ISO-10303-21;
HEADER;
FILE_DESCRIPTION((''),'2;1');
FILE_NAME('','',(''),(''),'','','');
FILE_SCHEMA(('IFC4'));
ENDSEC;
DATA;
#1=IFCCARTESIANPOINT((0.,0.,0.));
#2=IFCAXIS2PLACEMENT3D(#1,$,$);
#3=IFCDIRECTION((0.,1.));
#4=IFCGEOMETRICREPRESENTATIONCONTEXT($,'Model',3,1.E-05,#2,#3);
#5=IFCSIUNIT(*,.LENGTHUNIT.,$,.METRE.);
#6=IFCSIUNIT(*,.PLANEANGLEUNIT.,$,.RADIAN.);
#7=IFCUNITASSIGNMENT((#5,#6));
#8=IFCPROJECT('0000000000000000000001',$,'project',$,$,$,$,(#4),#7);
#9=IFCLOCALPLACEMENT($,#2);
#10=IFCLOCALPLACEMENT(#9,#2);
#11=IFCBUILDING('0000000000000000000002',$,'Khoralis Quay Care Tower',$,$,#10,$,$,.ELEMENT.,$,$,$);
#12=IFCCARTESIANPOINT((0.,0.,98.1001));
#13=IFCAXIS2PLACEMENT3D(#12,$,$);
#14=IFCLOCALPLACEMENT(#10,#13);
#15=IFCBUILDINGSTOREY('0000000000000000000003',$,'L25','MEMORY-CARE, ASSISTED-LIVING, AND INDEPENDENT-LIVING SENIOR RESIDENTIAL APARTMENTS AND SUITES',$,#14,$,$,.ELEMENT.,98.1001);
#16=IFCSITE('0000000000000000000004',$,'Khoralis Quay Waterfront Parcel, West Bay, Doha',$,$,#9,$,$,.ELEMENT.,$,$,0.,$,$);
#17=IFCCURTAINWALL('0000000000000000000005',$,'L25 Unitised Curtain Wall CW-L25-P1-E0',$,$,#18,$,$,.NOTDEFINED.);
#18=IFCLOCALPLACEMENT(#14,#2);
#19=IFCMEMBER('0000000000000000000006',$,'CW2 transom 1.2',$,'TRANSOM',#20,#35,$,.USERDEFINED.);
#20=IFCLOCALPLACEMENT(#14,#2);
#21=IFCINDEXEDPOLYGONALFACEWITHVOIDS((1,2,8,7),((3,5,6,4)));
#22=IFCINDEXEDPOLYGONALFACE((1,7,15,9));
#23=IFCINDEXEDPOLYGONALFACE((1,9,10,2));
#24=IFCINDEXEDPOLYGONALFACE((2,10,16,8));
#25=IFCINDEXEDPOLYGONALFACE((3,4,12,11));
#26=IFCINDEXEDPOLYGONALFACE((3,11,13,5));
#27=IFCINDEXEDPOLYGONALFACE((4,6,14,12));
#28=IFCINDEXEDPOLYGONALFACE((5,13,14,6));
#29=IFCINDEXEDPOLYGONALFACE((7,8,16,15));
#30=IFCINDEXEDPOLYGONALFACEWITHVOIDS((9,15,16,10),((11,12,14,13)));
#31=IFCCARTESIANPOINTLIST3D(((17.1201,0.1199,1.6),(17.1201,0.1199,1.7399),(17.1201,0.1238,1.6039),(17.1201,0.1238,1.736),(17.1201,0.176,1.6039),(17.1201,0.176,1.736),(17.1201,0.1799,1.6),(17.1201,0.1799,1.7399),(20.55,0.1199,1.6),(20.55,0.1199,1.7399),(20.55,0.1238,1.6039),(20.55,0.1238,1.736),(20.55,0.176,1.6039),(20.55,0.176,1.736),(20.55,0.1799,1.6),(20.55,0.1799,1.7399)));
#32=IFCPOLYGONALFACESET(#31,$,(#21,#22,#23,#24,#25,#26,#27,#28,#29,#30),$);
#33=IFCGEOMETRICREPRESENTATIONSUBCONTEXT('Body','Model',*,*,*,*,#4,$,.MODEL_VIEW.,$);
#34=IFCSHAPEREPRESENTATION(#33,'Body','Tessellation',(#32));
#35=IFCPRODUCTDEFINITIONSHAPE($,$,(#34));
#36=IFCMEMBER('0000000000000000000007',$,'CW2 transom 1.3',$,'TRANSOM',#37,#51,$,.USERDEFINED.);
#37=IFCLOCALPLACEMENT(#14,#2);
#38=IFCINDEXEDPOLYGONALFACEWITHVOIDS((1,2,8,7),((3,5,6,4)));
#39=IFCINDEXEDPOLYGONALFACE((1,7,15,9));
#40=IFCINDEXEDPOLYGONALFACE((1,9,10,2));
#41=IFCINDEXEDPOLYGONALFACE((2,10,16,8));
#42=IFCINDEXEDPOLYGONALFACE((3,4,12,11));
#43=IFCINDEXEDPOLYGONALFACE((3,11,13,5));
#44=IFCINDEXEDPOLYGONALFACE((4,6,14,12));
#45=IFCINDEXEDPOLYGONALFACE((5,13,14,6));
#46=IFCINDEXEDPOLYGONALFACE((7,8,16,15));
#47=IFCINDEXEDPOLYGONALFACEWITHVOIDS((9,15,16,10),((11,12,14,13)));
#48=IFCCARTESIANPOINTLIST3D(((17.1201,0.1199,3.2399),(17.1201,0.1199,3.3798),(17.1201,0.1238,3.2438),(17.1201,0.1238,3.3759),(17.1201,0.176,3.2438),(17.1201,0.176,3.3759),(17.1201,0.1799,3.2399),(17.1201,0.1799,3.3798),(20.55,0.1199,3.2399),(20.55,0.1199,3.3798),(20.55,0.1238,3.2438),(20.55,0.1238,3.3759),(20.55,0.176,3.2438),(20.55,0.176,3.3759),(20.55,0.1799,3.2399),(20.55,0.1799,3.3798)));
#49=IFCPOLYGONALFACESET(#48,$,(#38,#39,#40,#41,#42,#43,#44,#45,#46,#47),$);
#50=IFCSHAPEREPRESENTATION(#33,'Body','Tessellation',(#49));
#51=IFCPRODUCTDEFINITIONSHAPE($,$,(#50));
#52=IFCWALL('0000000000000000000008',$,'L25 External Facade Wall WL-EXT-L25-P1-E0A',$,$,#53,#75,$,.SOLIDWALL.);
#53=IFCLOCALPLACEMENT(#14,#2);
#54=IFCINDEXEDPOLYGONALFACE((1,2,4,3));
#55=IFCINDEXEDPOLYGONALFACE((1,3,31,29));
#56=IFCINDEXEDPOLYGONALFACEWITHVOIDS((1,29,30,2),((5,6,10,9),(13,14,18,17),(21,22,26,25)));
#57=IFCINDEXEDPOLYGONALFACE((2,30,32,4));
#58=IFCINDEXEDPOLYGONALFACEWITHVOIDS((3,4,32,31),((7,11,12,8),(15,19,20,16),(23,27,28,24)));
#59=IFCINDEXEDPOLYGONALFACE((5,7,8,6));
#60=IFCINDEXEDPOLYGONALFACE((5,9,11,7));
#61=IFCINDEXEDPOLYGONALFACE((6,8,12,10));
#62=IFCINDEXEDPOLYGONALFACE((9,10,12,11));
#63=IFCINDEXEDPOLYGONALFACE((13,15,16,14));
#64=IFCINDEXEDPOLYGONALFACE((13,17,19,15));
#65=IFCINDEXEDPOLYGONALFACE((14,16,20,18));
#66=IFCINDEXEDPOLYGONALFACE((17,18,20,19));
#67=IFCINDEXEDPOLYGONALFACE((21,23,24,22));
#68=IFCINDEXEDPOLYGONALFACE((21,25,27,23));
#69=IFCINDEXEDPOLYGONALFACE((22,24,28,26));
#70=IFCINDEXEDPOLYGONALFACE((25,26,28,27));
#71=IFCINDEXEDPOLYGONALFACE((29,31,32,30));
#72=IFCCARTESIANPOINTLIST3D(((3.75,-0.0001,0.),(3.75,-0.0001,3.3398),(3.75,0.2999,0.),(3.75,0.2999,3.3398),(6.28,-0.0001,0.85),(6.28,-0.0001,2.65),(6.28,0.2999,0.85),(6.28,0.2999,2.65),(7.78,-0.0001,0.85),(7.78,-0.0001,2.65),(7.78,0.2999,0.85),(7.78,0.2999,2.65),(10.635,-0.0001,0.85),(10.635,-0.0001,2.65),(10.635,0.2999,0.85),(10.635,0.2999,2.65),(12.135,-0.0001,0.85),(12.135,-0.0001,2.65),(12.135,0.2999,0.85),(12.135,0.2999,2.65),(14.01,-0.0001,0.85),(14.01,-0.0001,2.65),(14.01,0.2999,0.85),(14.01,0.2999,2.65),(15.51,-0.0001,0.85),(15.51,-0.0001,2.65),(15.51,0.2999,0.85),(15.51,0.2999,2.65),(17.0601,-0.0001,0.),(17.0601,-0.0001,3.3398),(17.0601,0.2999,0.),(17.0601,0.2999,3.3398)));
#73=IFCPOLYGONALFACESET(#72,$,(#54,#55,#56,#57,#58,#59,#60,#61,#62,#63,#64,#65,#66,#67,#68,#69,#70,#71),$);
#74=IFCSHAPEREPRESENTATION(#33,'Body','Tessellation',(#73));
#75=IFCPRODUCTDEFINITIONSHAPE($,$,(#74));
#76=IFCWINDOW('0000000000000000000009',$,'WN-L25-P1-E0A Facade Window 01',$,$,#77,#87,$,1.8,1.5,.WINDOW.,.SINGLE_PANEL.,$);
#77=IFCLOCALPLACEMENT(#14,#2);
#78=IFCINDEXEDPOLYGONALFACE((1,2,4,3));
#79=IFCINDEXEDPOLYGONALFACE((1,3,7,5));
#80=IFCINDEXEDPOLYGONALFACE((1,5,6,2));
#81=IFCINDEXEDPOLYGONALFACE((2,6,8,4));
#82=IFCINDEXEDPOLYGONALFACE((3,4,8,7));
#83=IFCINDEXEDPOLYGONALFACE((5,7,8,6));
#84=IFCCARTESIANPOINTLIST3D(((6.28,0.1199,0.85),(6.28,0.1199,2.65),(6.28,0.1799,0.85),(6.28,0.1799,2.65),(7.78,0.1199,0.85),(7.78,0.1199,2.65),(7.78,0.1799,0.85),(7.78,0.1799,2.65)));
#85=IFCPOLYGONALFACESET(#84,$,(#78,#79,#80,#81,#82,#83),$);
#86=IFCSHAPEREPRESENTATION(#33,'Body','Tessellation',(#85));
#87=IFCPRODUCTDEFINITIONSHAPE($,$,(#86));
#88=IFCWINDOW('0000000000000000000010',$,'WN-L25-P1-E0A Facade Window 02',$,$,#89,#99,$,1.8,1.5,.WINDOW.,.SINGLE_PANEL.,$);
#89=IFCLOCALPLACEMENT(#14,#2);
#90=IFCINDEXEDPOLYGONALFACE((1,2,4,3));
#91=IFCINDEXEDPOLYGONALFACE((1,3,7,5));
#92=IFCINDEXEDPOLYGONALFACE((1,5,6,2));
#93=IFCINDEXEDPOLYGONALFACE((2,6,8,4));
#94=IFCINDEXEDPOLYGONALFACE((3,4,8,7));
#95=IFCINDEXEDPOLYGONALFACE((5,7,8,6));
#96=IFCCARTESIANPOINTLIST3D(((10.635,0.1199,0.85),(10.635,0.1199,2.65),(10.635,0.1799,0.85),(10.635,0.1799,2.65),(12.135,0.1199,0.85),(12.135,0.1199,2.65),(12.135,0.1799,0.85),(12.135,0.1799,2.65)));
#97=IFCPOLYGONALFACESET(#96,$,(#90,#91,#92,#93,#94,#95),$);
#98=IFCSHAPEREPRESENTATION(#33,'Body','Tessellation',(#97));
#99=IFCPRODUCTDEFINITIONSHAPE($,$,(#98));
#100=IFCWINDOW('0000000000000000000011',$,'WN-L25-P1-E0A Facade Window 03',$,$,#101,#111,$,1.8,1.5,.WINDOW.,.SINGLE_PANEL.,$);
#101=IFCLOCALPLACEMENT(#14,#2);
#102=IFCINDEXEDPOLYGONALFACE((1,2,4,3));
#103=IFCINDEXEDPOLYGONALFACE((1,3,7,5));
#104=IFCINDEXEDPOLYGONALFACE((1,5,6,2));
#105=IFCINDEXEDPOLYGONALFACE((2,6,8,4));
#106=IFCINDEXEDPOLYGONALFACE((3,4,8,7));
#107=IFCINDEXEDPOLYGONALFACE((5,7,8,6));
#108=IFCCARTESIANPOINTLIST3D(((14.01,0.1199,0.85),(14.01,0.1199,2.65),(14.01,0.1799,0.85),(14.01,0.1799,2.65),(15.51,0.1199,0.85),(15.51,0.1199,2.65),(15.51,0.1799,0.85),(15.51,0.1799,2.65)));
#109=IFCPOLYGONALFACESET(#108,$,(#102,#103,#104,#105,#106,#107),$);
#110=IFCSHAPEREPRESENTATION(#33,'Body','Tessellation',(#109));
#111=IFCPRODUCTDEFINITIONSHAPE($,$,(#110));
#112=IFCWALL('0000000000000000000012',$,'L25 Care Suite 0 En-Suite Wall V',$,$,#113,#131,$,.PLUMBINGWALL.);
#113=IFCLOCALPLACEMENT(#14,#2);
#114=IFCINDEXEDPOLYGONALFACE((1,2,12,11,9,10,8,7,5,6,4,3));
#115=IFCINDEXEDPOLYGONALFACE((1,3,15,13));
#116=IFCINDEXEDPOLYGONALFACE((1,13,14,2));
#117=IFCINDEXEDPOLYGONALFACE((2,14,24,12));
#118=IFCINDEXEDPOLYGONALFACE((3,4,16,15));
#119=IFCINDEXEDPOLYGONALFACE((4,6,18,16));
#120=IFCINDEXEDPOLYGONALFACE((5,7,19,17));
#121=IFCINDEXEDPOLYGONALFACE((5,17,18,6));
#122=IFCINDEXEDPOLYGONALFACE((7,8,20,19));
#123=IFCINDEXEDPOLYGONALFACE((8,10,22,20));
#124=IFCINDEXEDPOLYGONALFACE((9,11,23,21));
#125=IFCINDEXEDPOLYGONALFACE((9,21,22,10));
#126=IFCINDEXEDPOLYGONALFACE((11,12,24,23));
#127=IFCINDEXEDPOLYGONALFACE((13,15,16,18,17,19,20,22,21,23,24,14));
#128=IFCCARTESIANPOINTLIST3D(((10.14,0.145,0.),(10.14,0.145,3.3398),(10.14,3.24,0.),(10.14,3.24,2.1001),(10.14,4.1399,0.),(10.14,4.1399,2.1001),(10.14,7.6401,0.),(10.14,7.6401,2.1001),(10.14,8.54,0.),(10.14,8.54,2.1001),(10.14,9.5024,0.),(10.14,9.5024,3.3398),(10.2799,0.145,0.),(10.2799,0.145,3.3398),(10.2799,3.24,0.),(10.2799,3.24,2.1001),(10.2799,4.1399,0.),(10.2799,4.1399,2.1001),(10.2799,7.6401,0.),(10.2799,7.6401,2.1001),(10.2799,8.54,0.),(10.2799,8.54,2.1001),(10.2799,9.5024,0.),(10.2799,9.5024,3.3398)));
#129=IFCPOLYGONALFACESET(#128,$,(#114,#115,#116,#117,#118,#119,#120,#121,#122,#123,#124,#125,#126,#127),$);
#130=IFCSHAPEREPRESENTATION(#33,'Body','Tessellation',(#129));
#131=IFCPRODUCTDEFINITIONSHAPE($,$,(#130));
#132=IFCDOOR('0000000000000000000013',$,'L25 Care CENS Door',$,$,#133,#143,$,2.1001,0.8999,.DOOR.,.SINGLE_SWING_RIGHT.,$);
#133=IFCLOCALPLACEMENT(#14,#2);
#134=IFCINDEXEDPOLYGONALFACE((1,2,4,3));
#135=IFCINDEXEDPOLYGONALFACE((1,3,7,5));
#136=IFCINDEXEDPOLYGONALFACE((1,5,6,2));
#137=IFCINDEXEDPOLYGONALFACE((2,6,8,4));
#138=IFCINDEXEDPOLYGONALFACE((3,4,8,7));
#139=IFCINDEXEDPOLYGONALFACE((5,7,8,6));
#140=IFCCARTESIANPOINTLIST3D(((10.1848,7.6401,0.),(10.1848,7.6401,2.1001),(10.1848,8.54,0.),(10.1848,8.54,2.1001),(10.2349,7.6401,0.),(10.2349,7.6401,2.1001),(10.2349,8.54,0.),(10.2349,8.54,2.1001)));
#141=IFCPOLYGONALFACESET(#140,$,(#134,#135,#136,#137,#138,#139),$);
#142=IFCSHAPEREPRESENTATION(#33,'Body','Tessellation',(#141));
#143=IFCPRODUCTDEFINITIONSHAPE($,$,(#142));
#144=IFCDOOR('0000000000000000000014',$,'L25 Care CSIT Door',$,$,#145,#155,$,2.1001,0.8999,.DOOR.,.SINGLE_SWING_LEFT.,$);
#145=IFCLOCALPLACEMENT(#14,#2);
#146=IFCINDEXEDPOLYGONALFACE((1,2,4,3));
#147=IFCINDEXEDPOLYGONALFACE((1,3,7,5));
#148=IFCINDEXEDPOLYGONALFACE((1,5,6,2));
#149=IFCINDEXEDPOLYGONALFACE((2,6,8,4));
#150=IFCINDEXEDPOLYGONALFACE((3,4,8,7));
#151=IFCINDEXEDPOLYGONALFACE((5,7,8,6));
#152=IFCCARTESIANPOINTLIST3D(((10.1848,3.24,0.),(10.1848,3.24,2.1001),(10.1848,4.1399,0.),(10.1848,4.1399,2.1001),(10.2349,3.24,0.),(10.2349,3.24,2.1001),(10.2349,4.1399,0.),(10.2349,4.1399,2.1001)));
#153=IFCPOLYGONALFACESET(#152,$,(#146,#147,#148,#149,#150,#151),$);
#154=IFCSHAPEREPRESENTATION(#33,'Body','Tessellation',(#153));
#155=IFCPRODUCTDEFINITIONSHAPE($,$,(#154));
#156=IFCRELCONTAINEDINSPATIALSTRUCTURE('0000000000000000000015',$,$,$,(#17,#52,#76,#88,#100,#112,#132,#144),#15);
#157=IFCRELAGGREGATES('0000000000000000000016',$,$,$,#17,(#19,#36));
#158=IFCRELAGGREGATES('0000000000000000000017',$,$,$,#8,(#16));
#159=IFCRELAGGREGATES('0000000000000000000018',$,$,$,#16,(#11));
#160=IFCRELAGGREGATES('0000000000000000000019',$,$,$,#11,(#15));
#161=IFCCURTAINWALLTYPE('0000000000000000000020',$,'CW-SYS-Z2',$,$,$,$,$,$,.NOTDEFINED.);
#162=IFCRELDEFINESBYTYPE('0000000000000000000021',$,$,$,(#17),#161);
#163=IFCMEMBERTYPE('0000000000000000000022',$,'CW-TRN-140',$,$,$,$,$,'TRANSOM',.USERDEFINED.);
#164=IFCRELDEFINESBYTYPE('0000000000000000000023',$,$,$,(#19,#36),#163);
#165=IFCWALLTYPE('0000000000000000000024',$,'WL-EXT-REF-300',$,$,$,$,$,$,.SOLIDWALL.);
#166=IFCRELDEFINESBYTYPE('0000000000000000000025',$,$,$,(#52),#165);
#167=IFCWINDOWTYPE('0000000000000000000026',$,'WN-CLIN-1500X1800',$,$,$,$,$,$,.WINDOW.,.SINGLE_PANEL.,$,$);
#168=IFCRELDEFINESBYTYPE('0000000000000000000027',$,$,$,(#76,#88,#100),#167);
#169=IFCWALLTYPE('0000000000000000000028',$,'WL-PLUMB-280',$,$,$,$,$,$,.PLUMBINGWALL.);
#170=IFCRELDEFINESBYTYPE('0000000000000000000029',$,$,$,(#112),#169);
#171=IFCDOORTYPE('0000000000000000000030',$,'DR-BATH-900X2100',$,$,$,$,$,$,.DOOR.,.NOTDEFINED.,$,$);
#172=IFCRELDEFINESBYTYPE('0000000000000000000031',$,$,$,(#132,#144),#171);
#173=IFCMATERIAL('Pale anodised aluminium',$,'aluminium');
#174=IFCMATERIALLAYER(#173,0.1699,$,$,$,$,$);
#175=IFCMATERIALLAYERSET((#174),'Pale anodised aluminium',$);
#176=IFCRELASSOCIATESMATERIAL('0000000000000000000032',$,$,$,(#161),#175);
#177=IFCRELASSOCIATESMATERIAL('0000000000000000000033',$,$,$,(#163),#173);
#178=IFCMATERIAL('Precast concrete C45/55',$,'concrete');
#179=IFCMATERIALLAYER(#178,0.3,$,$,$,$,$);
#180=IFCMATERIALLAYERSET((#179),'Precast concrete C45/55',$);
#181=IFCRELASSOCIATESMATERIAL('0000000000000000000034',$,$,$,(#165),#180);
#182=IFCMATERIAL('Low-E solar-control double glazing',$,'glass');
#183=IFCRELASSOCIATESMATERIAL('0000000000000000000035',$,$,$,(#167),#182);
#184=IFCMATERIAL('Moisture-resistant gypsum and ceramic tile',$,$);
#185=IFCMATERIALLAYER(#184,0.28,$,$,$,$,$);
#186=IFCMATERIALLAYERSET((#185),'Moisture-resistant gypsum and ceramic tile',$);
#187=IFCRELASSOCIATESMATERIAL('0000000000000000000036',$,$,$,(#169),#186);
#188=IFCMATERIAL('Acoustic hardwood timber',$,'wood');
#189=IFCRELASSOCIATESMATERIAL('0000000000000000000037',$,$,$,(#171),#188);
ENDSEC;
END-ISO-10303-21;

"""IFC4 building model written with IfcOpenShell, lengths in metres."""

from ifc_helpers import new_model, si_unit, direction, frame, frame_2d, origin, origin_2d, place, context, subcontext, project, spatial, rectangle, hollow_rectangle, extrude, source, transform, mapped, material, layer, layer_set, material_profile, profile_set, type_object, element, fill, aggregate, save


model = new_model("IFC4")

# Units and contexts
model_context = context("Model", 3, precision=1e-05, world=origin(), true_north=direction((0.0, 1.0)))
body_context = subcontext(model_context, "Body", "Model", "MODEL_VIEW")
ifc_project = project(units=[si_unit("LENGTHUNIT", "METRE"), si_unit("PLANEANGLEUNIT", "RADIAN")], contexts=[model_context])

# Site, building, storey
site_placement = place(None, origin())
site = spatial("IfcSite", under=ifc_project, at=site_placement, Name="Khoralis Quay Waterfront Parcel, West Bay, Doha", CompositionType="ELEMENT", RefElevation=0.0)
building_placement = place(site_placement, origin())
building = spatial("IfcBuilding", under=site, at=building_placement, Name="Khoralis Quay Care Tower", CompositionType="ELEMENT")
storey_placement = place(building_placement, frame((0.0, 0.0, 98.1001)))
storey = spatial("IfcBuildingStorey", under=building, at=storey_placement, Name="L25", Description="MEMORY-CARE, ASSISTED-LIVING, AND INDEPENDENT-LIVING SENIOR RESIDENTIAL APARTMENTS AND SUITES", CompositionType="ELEMENT", Elevation=98.1001)

# Curtain wall, members
ifc_material_1 = material(Name="Pale anodised aluminium", Category="aluminium")
ifc_layer_1 = layer(ifc_material_1, 0.1699)
ifc_layer_set_1 = layer_set([ifc_layer_1], Name="Pale anodised aluminium")
curtain_wall_type = type_object("IfcCurtainWallType", Name="CW-SYS-Z2", PredefinedType="NOTDEFINED", material=ifc_layer_set_1)
curtain_wall_placement = place(storey_placement, origin())
curtain_wall = element("IfcCurtainWall", 1, at=curtain_wall_placement, inside=storey, type_object=curtain_wall_type, Name="L25 Unitised Curtain Wall CW-L25-P1-E0", PredefinedType="NOTDEFINED")
ifc_material_profile_1 = material_profile(ifc_material_1, hollow_rectangle(XDim=0.0601, YDim=0.1399, WallThickness=0.0039, at=origin_2d()), Name="Pale anodised aluminium")
ifc_profile_set_1 = profile_set([ifc_material_profile_1], Name="Pale anodised aluminium")
member_type_1 = type_object("IfcMemberType", Name="CW-TRN-140", ElementType="TRANSOM", PredefinedType="USERDEFINED", material=ifc_profile_set_1)
shared_shape_1 = source(origin(), body_context, "Body", "SweptSolid", [
    extrude(hollow_rectangle(XDim=0.0601, YDim=0.1399, WallThickness=0.0039, at=origin_2d()), origin(), (0.0, 0.0, 1.0), 3.4299),
])
member_1_placement = place(storey_placement, frame((17.1201, 0.1499, 1.6699), z_axis=(1.0, 0.0, 0.0), x_axis=(0.0, 1.0, 0.0)))
member_1 = element("IfcMember", 2, at=member_1_placement, type_object=member_type_1, Name="CW2 transom 1.2", ObjectType="TRANSOM", PredefinedType="USERDEFINED", context=body_context, shape_type="MappedRepresentation", body=[
    mapped(shared_shape_1, transform((0.0, 0.0, 0.0), scale=1.0)),
])
member_2_placement = place(storey_placement, frame((17.1201, 0.1499, 3.3098), z_axis=(1.0, 0.0, 0.0), x_axis=(0.0, 1.0, 0.0)))
member_2 = element("IfcMember", 3, at=member_2_placement, type_object=member_type_1, Name="CW2 transom 1.3", ObjectType="TRANSOM", PredefinedType="USERDEFINED", context=body_context, shape_type="MappedRepresentation", body=[
    mapped(shared_shape_1, transform((0.0, 0.0, 0.0), scale=1.0)),
])
aggregate(curtain_wall, [member_1, member_2])

# Wall, openings, windows
ifc_material_2 = material(Name="Precast concrete C45/55", Category="concrete")
ifc_layer_2 = layer(ifc_material_2, 0.3)
ifc_layer_set_2 = layer_set([ifc_layer_2], Name="Precast concrete C45/55")
wall_type_1 = type_object("IfcWallType", Name="WL-EXT-REF-300", PredefinedType="SOLIDWALL", material=ifc_layer_set_2)
wall_1_placement = place(storey_placement, frame((3.75, 0.1499, 0.0), z_axis=(0.0, 0.0, 1.0), x_axis=(1.0, 0.0, 0.0)))
wall_1 = element("IfcWall", 4, at=wall_1_placement, inside=storey, type_object=wall_type_1, Name="L25 External Facade Wall WL-EXT-L25-P1-E0A", PredefinedType="SOLIDWALL", context=body_context, shape_type="SweptSolid", body=[
    extrude(rectangle(XDim=13.3101, YDim=0.3, at=frame_2d((6.655, 0.0))), origin(), (0.0, 0.0, 1.0), 3.3398),
])
opening_1_placement = place(wall_1_placement, frame((2.53, 0.0, 0.8501)))
opening_1 = element("IfcOpeningElement", 5, at=opening_1_placement, cuts=wall_1, PredefinedType="OPENING", context=body_context, shape_type="SweptSolid", body=[
    extrude(rectangle(XDim=1.5, YDim=1.8, at=frame_2d((0.75, 0.8999))), frame((0.0, 0.1602, 0.0), z_axis=(0.0, -1.0, 0.0), x_axis=(1.0, 0.0, 0.0)), (0.0, 0.0, 1.0), 0.3201),
])
opening_2_placement = place(wall_1_placement, frame((6.885, 0.0, 0.8501)))
opening_2 = element("IfcOpeningElement", 6, at=opening_2_placement, cuts=wall_1, PredefinedType="OPENING", context=body_context, shape_type="SweptSolid", body=[
    extrude(rectangle(XDim=1.5, YDim=1.8, at=frame_2d((0.75, 0.8999))), frame((0.0, 0.1602, 0.0), z_axis=(0.0, -1.0, 0.0), x_axis=(1.0, 0.0, 0.0)), (0.0, 0.0, 1.0), 0.3201),
])
opening_3_placement = place(wall_1_placement, frame((10.26, 0.0, 0.8501)))
opening_3 = element("IfcOpeningElement", 7, at=opening_3_placement, cuts=wall_1, PredefinedType="OPENING", context=body_context, shape_type="SweptSolid", body=[
    extrude(rectangle(XDim=1.5, YDim=1.8, at=frame_2d((0.75, 0.8999))), frame((0.0, 0.1602, 0.0), z_axis=(0.0, -1.0, 0.0), x_axis=(1.0, 0.0, 0.0)), (0.0, 0.0, 1.0), 0.3201),
])
ifc_material_3 = material(Name="Low-E solar-control double glazing", Category="glass")
window_type = type_object("IfcWindowType", Name="WN-CLIN-1500X1800", PartitioningType="SINGLE_PANEL", PredefinedType="WINDOW", material=ifc_material_3)
shared_shape_2 = source(origin(), body_context, "Body", "SweptSolid", [
    extrude(rectangle(XDim=1.5, YDim=1.8, at=frame_2d((0.75, 0.8999))), frame((0.0, 0.03, 0.0), z_axis=(0.0, -1.0, 0.0), x_axis=(1.0, 0.0, 0.0)), (0.0, 0.0, 1.0), 0.0601),
])
window_1_placement = place(opening_1_placement, origin())
window_1 = element("IfcWindow", 8, at=window_1_placement, inside=storey, type_object=window_type, Name="WN-L25-P1-E0A Facade Window 01", OverallHeight=1.8, OverallWidth=1.5, PartitioningType="SINGLE_PANEL", PredefinedType="WINDOW", context=body_context, shape_type="MappedRepresentation", body=[
    mapped(shared_shape_2, transform((0.0, 0.0, 0.0), scale=1.0)),
])
fill(opening_1, window_1)
window_2_placement = place(opening_2_placement, origin())
window_2 = element("IfcWindow", 9, at=window_2_placement, inside=storey, type_object=window_type, Name="WN-L25-P1-E0A Facade Window 02", OverallHeight=1.8, OverallWidth=1.5, PartitioningType="SINGLE_PANEL", PredefinedType="WINDOW", context=body_context, shape_type="MappedRepresentation", body=[
    mapped(shared_shape_2, transform((0.0, 0.0, 0.0), scale=1.0)),
])
fill(opening_2, window_2)
window_3_placement = place(opening_3_placement, origin())
window_3 = element("IfcWindow", 10, at=window_3_placement, inside=storey, type_object=window_type, Name="WN-L25-P1-E0A Facade Window 03", OverallHeight=1.8, OverallWidth=1.5, PartitioningType="SINGLE_PANEL", PredefinedType="WINDOW", context=body_context, shape_type="MappedRepresentation", body=[
    mapped(shared_shape_2, transform((0.0, 0.0, 0.0), scale=1.0)),
])
fill(opening_3, window_3)

# Wall, openings, doors
ifc_material_4 = material(Name="Moisture-resistant gypsum and ceramic tile")
ifc_layer_3 = layer(ifc_material_4, 0.28)
ifc_layer_set_3 = layer_set([ifc_layer_3], Name="Moisture-resistant gypsum and ceramic tile")
wall_type_2 = type_object("IfcWallType", Name="WL-PLUMB-280", PredefinedType="PLUMBINGWALL", material=ifc_layer_set_3)
wall_2_placement = place(storey_placement, frame((10.21, 0.145, 0.0), z_axis=(0.0, 0.0, 1.0), x_axis=(0.0, 1.0, 0.0)))
wall_2 = element("IfcWall", 11, at=wall_2_placement, inside=storey, type_object=wall_type_2, Name="L25 Care Suite 0 En-Suite Wall V", PredefinedType="PLUMBINGWALL", context=body_context, shape_type="SweptSolid", body=[
    extrude(rectangle(XDim=9.3574, YDim=0.1399, at=frame_2d((4.6787, 0.0))), origin(), (0.0, 0.0, 1.0), 3.3398),
])
opening_4_placement = place(wall_2_placement, frame((7.4951, 0.0, 0.0)))
opening_4 = element("IfcOpeningElement", 12, at=opening_4_placement, cuts=wall_2, PredefinedType="OPENING", context=body_context, shape_type="SweptSolid", body=[
    extrude(rectangle(XDim=0.8999, YDim=2.1001, at=frame_2d((0.45, 1.05))), frame((0.0, 0.0801, 0.0), z_axis=(0.0, -1.0, 0.0), x_axis=(1.0, 0.0, 0.0)), (0.0, 0.0, 1.0), 0.1599),
])
opening_5_placement = place(wall_2_placement, frame((3.095, 0.0, 0.0)))
opening_5 = element("IfcOpeningElement", 13, at=opening_5_placement, cuts=wall_2, PredefinedType="OPENING", context=body_context, shape_type="SweptSolid", body=[
    extrude(rectangle(XDim=0.8999, YDim=2.1001, at=frame_2d((0.45, 1.05))), frame((0.0, 0.0801, 0.0), z_axis=(0.0, -1.0, 0.0), x_axis=(1.0, 0.0, 0.0)), (0.0, 0.0, 1.0), 0.1599),
])
ifc_material_5 = material(Name="Acoustic hardwood timber", Category="wood")
door_type = type_object("IfcDoorType", Name="DR-BATH-900X2100", OperationType="NOTDEFINED", PredefinedType="DOOR", material=ifc_material_5)
shared_shape_3 = source(origin(), body_context, "Body", "SweptSolid", [
    extrude(rectangle(XDim=0.8999, YDim=2.1001, at=frame_2d((0.45, 1.05))), frame((0.0, 0.0249, 0.0), z_axis=(0.0, -1.0, 0.0), x_axis=(1.0, 0.0, 0.0)), (0.0, 0.0, 1.0), 0.05),
])
door_1_placement = place(opening_4_placement, frame((0.8999, 0.0, 0.0), z_axis=(0.0, 0.0, 1.0), x_axis=(-1.0, 0.0, 0.0)))
door_1 = element("IfcDoor", 14, at=door_1_placement, inside=storey, type_object=door_type, Name="L25 Care CENS Door", OperationType="SINGLE_SWING_RIGHT", OverallHeight=2.1001, OverallWidth=0.8999, PredefinedType="DOOR", context=body_context, shape_type="MappedRepresentation", body=[
    mapped(shared_shape_3, transform((0.0, 0.0, 0.0), scale=1.0)),
])
fill(opening_4, door_1)
door_2_placement = place(opening_5_placement, frame((0.8999, 0.0, 0.0), z_axis=(0.0, 0.0, 1.0), x_axis=(-1.0, 0.0, 0.0)))
door_2 = element("IfcDoor", 15, at=door_2_placement, inside=storey, type_object=door_type, Name="L25 Care CSIT Door", OperationType="SINGLE_SWING_LEFT", OverallHeight=2.1001, OverallWidth=0.8999, PredefinedType="DOOR", context=body_context, shape_type="MappedRepresentation", body=[
    mapped(shared_shape_3, transform((0.0, 0.0, 0.0), scale=1.0)),
])
fill(opening_5, door_2)

save(model, "model.ifc")
